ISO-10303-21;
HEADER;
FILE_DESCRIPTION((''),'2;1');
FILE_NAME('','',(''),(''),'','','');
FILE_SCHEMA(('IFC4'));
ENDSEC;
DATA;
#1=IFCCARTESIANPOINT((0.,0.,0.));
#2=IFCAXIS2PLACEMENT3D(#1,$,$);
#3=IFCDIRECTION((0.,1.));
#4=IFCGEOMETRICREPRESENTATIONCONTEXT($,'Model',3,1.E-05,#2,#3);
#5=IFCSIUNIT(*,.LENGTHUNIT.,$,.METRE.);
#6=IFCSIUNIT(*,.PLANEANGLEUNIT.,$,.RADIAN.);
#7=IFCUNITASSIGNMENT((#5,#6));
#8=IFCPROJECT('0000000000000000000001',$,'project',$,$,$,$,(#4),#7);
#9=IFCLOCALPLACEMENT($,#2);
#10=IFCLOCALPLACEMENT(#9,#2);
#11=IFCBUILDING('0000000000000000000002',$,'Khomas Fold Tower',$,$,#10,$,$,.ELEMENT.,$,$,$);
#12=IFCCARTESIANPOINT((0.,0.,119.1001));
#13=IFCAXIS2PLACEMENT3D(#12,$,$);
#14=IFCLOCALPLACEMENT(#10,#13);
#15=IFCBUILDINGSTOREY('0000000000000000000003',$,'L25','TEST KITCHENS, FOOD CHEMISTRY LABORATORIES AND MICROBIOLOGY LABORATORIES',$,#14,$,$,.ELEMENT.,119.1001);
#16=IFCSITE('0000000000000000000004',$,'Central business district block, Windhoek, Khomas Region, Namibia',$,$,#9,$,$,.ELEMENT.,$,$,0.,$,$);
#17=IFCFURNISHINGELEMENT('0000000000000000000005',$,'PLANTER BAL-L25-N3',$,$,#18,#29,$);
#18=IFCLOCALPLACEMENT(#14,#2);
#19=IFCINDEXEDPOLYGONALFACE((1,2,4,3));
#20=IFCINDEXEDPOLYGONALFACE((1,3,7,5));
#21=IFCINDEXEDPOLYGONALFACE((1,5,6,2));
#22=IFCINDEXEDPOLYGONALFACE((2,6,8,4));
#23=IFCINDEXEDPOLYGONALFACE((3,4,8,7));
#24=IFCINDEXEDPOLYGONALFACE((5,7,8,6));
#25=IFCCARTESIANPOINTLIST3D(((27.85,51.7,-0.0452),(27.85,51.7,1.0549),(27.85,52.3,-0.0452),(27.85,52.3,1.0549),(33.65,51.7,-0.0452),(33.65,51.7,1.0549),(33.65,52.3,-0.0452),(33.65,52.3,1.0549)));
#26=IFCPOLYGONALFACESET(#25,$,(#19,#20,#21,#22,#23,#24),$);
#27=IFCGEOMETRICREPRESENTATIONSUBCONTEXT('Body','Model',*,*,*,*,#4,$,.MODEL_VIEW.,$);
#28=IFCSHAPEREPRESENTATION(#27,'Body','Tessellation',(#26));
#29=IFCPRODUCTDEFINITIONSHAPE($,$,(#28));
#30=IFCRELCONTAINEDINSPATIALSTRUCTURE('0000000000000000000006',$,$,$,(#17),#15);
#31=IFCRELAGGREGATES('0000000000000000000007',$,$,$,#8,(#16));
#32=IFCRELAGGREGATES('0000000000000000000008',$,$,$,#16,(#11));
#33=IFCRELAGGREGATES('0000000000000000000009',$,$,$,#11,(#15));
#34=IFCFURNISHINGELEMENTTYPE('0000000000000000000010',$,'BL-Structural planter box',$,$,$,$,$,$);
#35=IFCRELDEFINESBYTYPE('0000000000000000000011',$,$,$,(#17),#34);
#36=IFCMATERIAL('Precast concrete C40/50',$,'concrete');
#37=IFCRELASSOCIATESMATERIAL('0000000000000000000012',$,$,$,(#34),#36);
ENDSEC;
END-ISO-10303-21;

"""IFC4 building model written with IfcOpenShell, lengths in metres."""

from ifc_helpers import new_model, si_unit, direction, frame, origin, origin_2d, place, context, subcontext, project, spatial, rectangle, extrude, source, transform, mapped, material, type_object, element, save


model = new_model("IFC4")

# Units and contexts
model_context = context("Model", 3, precision=1e-05, world=origin(), true_north=direction((0.0, 1.0)))
body_context = subcontext(model_context, "Body", "Model", "MODEL_VIEW")
ifc_project = project(units=[si_unit("LENGTHUNIT", "METRE"), si_unit("PLANEANGLEUNIT", "RADIAN")], contexts=[model_context])

# Site, building, storey
site_placement = place(None, origin())
site = spatial("IfcSite", under=ifc_project, at=site_placement, Name="Central business district block, Windhoek, Khomas Region, Namibia", CompositionType="ELEMENT", RefElevation=0.0)
building_placement = place(site_placement, origin())
building = spatial("IfcBuilding", under=site, at=building_placement, Name="Khomas Fold Tower", CompositionType="ELEMENT")
storey_placement = place(building_placement, frame((0.0, 0.0, 119.1001)))
storey = spatial("IfcBuildingStorey", under=building, at=storey_placement, Name="L25", Description="TEST KITCHENS, FOOD CHEMISTRY LABORATORIES AND MICROBIOLOGY LABORATORIES", CompositionType="ELEMENT", Elevation=119.1001)

# Furnishing element
ifc_material_1 = material(Name="Precast concrete C40/50", Category="concrete")
furnishing_element_type_1 = type_object("IfcFurnishingElementType", Name="BL-Structural planter box", material=ifc_material_1)
shared_shape_1 = source(origin(), body_context, "Body", "SweptSolid", [
    extrude(rectangle(XDim=5.8, YDim=0.6001, at=origin_2d()), origin(), (0.0, 0.0, 1.0), 1.1001),
])
furnishing_1_placement = place(storey_placement, frame((30.75, 52.0, -0.0452), z_axis=(0.0, 0.0, 1.0), x_axis=(1.0, 0.0, 0.0)))
element("IfcFurnishingElement", 1, at=furnishing_1_placement, inside=storey, type_object=furnishing_element_type_1, Name="PLANTER BAL-L25-N3", context=body_context, shape_type="MappedRepresentation", body=[
    mapped(shared_shape_1, transform((0.0, 0.0, 0.0))),
])

save(model, "model.ifc")
